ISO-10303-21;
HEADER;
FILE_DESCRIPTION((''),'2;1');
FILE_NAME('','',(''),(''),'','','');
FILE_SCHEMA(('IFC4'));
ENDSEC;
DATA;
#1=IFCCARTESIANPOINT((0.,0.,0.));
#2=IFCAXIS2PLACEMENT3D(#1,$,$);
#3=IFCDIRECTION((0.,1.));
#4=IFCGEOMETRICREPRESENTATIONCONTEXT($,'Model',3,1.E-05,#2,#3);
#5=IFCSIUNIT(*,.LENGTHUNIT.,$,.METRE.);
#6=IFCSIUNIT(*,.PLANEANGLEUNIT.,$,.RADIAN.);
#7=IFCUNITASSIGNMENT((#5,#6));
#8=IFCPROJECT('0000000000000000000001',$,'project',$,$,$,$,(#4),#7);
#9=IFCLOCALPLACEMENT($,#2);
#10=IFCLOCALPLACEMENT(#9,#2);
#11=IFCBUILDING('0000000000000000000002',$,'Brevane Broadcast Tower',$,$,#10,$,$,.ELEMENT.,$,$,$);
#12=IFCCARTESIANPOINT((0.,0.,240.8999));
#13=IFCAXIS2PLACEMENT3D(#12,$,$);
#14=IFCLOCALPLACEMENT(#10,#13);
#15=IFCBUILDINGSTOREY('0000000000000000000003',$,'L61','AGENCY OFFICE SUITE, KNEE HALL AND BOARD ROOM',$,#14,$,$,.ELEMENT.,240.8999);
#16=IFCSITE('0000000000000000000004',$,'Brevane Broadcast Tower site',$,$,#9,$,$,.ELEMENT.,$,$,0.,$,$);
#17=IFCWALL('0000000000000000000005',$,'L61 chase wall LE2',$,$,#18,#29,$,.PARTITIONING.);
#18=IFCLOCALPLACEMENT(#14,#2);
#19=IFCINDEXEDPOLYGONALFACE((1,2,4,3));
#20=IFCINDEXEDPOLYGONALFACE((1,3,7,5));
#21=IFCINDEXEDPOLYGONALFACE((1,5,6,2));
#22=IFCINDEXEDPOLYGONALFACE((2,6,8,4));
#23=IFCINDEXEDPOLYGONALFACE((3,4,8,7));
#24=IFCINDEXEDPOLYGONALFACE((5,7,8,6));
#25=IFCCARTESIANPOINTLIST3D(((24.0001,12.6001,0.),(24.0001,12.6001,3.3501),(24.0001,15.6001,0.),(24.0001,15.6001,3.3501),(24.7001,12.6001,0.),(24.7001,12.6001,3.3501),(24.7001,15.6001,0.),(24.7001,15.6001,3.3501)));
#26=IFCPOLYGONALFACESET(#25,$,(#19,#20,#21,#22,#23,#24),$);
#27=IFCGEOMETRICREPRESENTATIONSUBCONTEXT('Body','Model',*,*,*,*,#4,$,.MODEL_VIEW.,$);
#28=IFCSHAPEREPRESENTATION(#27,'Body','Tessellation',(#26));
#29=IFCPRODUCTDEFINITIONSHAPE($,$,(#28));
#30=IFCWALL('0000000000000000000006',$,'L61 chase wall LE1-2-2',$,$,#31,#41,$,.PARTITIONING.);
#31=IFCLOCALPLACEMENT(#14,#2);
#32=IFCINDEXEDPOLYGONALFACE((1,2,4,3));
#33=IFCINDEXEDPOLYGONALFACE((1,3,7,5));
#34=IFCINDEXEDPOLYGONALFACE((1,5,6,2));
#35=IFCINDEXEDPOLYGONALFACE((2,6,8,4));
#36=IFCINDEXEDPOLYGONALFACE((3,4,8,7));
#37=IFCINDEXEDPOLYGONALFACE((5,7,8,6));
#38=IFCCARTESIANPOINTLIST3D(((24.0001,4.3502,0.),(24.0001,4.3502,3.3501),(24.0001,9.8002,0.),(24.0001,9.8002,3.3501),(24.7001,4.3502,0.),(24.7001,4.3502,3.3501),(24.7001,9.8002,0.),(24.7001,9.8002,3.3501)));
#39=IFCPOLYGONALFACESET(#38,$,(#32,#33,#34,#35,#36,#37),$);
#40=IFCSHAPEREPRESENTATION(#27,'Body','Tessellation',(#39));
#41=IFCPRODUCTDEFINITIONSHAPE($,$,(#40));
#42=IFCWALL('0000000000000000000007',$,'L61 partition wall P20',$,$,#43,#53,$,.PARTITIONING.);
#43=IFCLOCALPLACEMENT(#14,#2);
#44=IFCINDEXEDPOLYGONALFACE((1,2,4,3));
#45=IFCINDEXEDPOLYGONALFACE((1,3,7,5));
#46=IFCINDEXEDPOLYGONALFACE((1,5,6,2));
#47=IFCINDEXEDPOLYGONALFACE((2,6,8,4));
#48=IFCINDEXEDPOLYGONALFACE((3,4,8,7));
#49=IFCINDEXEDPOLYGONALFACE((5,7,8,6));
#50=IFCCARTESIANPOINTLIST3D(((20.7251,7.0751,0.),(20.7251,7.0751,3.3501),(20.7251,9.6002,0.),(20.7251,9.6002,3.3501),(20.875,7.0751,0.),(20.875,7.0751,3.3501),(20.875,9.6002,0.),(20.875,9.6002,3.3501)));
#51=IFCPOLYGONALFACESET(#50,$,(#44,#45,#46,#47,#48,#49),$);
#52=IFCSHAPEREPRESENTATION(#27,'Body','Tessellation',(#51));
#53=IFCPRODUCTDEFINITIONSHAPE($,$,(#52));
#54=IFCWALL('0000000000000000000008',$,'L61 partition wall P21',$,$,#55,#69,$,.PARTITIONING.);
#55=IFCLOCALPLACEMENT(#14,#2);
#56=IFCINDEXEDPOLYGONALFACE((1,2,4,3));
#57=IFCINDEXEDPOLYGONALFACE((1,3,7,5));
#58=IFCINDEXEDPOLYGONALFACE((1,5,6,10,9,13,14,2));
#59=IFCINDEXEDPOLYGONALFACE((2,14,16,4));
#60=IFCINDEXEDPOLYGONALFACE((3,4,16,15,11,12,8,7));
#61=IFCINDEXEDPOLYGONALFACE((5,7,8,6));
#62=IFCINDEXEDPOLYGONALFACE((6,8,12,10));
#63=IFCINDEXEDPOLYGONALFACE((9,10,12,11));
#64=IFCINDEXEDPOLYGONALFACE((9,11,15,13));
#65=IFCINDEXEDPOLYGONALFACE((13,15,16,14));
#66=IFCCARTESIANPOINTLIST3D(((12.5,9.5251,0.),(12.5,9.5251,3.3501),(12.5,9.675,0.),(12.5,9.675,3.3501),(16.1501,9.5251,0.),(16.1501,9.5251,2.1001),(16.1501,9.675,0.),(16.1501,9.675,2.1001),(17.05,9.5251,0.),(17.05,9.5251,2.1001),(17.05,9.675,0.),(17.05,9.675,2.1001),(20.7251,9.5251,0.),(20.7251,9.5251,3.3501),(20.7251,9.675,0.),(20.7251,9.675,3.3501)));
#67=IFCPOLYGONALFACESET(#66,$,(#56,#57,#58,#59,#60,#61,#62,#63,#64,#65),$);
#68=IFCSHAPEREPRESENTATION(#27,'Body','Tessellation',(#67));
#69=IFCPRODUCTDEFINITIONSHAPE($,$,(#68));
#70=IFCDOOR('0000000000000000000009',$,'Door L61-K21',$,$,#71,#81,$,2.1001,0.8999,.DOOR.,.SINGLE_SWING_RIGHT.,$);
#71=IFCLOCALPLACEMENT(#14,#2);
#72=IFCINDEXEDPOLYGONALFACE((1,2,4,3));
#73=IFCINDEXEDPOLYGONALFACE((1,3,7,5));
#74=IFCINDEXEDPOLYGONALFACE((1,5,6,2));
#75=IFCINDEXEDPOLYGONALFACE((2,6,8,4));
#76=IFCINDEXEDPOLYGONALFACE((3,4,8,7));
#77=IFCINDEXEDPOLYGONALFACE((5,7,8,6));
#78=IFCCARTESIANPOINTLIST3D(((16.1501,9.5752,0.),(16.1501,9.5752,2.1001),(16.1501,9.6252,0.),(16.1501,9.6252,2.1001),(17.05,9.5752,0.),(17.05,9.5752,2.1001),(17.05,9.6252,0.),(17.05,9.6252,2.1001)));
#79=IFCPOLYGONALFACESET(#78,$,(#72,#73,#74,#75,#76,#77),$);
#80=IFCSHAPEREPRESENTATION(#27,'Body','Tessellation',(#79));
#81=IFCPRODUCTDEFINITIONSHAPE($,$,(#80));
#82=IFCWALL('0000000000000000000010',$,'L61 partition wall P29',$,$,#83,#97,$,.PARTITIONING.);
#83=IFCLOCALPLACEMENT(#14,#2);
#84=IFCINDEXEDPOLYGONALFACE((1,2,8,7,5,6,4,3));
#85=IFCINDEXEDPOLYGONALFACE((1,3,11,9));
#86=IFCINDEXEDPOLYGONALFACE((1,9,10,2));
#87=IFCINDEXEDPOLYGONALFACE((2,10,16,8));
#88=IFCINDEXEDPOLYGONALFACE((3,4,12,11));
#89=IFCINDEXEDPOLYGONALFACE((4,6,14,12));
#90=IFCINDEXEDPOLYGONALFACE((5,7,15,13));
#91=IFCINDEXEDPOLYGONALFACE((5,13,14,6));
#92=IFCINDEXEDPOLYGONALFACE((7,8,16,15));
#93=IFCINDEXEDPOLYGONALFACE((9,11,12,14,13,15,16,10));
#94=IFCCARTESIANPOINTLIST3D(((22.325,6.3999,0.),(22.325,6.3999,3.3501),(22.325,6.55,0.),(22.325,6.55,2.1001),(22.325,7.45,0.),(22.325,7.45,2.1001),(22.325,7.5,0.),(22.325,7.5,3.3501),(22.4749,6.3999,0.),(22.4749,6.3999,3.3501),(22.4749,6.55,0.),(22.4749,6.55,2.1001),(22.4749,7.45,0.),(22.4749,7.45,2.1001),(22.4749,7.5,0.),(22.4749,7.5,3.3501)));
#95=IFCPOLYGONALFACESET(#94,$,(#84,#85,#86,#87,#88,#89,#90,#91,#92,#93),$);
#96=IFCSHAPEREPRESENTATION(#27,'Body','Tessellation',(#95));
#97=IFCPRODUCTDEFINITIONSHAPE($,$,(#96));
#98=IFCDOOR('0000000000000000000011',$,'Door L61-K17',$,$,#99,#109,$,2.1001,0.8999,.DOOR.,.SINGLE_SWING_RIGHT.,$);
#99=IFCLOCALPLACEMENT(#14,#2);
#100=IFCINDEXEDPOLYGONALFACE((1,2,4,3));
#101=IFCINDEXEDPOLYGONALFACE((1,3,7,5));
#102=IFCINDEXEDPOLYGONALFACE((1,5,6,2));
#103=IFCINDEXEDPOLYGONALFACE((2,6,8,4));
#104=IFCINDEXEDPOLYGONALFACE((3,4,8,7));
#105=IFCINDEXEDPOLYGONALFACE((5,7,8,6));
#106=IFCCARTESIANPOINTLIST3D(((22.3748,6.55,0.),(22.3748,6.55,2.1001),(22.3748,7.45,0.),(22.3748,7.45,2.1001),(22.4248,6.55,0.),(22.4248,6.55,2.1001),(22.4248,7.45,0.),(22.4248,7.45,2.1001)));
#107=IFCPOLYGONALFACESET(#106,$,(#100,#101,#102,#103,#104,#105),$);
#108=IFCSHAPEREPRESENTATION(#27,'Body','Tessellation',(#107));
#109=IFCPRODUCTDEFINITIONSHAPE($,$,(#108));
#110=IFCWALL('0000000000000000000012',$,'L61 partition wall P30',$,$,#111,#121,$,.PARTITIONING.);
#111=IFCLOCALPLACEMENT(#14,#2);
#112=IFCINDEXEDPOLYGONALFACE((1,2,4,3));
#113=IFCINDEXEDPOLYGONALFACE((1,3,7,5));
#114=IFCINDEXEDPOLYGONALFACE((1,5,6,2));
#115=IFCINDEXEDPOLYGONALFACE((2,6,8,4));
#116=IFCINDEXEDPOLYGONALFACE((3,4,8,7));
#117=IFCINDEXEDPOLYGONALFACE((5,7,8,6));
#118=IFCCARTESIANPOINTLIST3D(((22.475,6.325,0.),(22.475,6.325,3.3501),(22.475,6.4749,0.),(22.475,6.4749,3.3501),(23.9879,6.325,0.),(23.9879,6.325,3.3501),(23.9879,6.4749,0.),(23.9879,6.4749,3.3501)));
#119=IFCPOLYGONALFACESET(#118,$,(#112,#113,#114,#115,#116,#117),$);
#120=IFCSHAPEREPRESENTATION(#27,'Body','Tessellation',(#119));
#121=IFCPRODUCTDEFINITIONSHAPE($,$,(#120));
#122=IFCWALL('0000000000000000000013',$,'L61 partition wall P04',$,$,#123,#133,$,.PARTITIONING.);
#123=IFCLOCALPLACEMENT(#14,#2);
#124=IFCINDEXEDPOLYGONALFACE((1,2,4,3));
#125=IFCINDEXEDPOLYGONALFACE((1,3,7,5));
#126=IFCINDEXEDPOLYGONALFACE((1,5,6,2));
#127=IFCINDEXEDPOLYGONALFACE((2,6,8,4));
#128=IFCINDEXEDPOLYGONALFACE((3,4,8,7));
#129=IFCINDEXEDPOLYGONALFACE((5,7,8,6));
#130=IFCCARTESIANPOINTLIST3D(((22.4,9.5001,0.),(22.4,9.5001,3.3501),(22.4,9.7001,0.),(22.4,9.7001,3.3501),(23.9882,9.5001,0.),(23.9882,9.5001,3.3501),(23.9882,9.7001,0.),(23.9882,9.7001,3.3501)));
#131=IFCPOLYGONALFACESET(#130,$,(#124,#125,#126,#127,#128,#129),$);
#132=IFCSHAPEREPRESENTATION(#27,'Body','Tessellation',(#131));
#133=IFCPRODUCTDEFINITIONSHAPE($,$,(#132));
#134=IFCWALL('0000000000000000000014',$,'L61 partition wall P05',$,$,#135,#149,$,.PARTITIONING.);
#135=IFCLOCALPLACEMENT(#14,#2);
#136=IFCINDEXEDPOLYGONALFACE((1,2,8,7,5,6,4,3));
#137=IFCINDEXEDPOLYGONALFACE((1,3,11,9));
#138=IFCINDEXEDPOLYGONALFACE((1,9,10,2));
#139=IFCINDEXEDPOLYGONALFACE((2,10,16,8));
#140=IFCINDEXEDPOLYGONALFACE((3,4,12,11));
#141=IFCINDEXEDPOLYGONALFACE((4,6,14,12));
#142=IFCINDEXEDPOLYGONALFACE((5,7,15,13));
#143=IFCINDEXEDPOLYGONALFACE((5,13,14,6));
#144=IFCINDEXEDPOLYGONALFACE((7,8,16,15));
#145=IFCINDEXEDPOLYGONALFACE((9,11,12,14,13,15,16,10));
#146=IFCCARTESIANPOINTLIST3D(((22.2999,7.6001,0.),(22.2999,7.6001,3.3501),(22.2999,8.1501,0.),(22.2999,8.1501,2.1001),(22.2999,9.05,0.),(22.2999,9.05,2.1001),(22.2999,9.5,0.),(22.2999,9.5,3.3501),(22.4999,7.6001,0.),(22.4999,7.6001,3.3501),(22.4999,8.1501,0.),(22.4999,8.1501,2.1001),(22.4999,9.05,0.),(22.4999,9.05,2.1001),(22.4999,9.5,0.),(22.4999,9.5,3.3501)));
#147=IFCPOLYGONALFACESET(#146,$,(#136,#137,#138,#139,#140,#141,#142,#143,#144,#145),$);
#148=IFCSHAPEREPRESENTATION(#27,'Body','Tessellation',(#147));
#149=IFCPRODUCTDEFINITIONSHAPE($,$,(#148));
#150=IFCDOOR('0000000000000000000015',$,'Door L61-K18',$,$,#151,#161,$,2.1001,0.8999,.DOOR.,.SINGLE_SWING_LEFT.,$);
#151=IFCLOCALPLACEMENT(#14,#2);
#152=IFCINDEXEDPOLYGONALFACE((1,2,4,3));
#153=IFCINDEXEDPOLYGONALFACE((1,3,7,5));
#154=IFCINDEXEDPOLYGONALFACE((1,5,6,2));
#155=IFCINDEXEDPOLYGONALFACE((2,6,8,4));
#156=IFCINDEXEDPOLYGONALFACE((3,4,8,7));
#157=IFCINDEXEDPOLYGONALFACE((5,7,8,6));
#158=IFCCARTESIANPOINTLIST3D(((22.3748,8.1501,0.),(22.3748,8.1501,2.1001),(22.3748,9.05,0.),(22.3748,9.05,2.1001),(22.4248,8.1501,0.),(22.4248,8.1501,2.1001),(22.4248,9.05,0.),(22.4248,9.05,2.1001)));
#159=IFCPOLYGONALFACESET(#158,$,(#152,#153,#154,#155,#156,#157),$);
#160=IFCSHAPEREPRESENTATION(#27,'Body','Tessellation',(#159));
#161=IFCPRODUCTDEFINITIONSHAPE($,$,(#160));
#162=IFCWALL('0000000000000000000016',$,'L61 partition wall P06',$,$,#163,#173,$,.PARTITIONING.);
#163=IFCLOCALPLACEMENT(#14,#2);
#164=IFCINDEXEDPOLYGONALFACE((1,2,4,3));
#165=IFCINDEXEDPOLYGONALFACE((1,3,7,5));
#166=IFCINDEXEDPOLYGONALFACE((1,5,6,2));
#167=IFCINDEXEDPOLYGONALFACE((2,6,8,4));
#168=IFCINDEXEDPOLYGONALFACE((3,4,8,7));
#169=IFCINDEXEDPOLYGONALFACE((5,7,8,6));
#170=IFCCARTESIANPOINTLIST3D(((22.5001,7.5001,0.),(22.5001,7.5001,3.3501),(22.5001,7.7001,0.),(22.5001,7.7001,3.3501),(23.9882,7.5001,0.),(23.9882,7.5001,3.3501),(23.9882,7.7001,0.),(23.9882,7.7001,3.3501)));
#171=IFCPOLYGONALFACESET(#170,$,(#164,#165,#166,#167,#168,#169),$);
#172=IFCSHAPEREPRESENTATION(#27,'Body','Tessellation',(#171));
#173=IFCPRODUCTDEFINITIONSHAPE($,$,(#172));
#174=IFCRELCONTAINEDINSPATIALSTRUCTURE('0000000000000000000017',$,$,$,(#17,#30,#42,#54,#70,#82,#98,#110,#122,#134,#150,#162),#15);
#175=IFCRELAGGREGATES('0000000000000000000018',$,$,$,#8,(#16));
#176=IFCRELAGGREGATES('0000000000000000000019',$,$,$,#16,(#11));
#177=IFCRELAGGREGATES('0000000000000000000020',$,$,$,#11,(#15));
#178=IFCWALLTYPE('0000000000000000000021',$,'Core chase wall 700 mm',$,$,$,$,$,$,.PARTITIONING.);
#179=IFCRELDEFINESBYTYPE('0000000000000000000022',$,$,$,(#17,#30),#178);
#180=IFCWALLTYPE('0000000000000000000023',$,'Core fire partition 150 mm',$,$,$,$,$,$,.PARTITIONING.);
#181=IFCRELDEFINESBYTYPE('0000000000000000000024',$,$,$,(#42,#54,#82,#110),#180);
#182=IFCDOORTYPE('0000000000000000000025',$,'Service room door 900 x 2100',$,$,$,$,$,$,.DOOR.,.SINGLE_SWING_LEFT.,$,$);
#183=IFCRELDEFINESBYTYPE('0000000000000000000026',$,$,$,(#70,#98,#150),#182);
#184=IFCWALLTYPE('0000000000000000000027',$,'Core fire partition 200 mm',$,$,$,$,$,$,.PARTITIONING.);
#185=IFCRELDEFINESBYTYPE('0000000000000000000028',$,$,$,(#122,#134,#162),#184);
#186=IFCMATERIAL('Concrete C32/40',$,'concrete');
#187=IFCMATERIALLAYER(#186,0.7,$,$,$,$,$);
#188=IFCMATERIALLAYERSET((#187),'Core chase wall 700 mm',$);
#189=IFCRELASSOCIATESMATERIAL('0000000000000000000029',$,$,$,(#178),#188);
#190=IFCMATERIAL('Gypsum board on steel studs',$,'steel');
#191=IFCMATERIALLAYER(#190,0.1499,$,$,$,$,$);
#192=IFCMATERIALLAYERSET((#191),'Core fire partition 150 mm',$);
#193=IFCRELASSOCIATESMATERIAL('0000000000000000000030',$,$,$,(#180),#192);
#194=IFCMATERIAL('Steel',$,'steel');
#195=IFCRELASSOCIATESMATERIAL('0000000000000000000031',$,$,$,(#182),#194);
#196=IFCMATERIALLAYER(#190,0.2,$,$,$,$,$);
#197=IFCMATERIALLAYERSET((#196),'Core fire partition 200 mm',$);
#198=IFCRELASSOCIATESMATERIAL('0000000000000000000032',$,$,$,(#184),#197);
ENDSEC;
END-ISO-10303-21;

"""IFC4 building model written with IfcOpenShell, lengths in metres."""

from ifc_helpers import new_model, si_unit, direction, frame, frame_2d, origin, place, context, subcontext, project, spatial, rectangle, extrude, material, layer, layer_set, type_object, element, fill, save


model = new_model("IFC4")

# Units and contexts
model_context = context("Model", 3, precision=1e-05, world=origin(), true_north=direction((0.0, 1.0)))
body_context = subcontext(model_context, "Body", "Model", "MODEL_VIEW")
ifc_project = project(units=[si_unit("LENGTHUNIT", "METRE"), si_unit("PLANEANGLEUNIT", "RADIAN")], contexts=[model_context])

# Site, building, storey
site_placement = place(None, origin())
site = spatial("IfcSite", under=ifc_project, at=site_placement, Name="Brevane Broadcast Tower site", CompositionType="ELEMENT", RefElevation=0.0)
building_placement = place(site_placement, origin())
building = spatial("IfcBuilding", under=site, at=building_placement, Name="Brevane Broadcast Tower", CompositionType="ELEMENT")
storey_placement = place(building_placement, frame((0.0, 0.0, 240.8999)))
storey = spatial("IfcBuildingStorey", under=building, at=storey_placement, Name="L61", Description="AGENCY OFFICE SUITE, KNEE HALL AND BOARD ROOM", CompositionType="ELEMENT", Elevation=240.8999)

# Walls
ifc_material_1 = material(Name="Concrete C32/40", Category="concrete")
ifc_layer_1 = layer(ifc_material_1, 0.7)
ifc_layer_set_1 = layer_set([ifc_layer_1], Name="Core chase wall 700 mm")
wall_type_1 = type_object("IfcWallType", Name="Core chase wall 700 mm", PredefinedType="PARTITIONING", material=ifc_layer_set_1)
wall_1_placement = place(storey_placement, frame((24.3501, 12.6001, 0.0), z_axis=(0.0, 0.0, 1.0), x_axis=(0.0, 1.0, 0.0)))
element("IfcWall", 1, at=wall_1_placement, inside=storey, type_object=wall_type_1, Name="L61 chase wall LE2", PredefinedType="PARTITIONING", context=body_context, shape_type="SweptSolid", body=[
    extrude(rectangle(XDim=3.0, YDim=0.7, at=frame_2d((1.5, 0.0))), origin(), (0.0, 0.0, 1.0), 3.3501),
])
wall_2_placement = place(storey_placement, frame((24.3501, 4.3501, 0.0), z_axis=(0.0, 0.0, 1.0), x_axis=(0.0, 1.0, 0.0)))
element("IfcWall", 2, at=wall_2_placement, inside=storey, type_object=wall_type_1, Name="L61 chase wall LE1-2-2", PredefinedType="PARTITIONING", context=body_context, shape_type="SweptSolid", body=[
    extrude(rectangle(XDim=5.45, YDim=0.7, at=frame_2d((2.7251, 0.0))), origin(), (0.0, 0.0, 1.0), 3.3501),
])
ifc_material_2 = material(Name="Gypsum board on steel studs", Category="steel")
ifc_layer_2 = layer(ifc_material_2, 0.1499)
ifc_layer_set_2 = layer_set([ifc_layer_2], Name="Core fire partition 150 mm")
wall_type_2 = type_object("IfcWallType", Name="Core fire partition 150 mm", PredefinedType="PARTITIONING", material=ifc_layer_set_2)
wall_3_placement = place(storey_placement, frame((20.8, 7.075, 0.0), z_axis=(0.0, 0.0, 1.0), x_axis=(0.0, 1.0, 0.0)))
element("IfcWall", 3, at=wall_3_placement, inside=storey, type_object=wall_type_2, Name="L61 partition wall P20", PredefinedType="PARTITIONING", context=body_context, shape_type="SweptSolid", body=[
    extrude(rectangle(XDim=2.5251, YDim=0.1499, at=frame_2d((1.2627, 0.0))), origin(), (0.0, 0.0, 1.0), 3.3501),
])

# Walls, openings, doors
wall_4_placement = place(storey_placement, frame((20.7251, 9.6001, 0.0), z_axis=(0.0, 0.0, 1.0), x_axis=(-1.0, 0.0, 0.0)))
wall_4 = element("IfcWall", 4, at=wall_4_placement, inside=storey, type_object=wall_type_2, Name="L61 partition wall P21", PredefinedType="PARTITIONING", context=body_context, shape_type="SweptSolid", body=[
    extrude(rectangle(XDim=8.2251, YDim=0.1499, at=frame_2d((4.1125, 0.0))), origin(), (0.0, 0.0, 1.0), 3.3501),
])
opening_1_placement = place(wall_4_placement, frame((3.675, 0.0, 0.0)))
opening_1 = element("IfcOpeningElement", 5, at=opening_1_placement, cuts=wall_4, PredefinedType="OPENING", context=body_context, shape_type="SweptSolid", body=[
    extrude(rectangle(XDim=0.8999, YDim=2.1001, at=frame_2d((0.45, 1.05))), frame((0.0, 0.085, 0.0), z_axis=(0.0, -1.0, 0.0), x_axis=(1.0, 0.0, 0.0)), (0.0, 0.0, 1.0), 0.1699),
])
ifc_material_3 = material(Name="Steel", Category="steel")
door_type_1 = type_object("IfcDoorType", Name="Service room door 900 x 2100", OperationType="SINGLE_SWING_LEFT", PredefinedType="DOOR", material=ifc_material_3)
door_1_placement = place(opening_1_placement, origin())
door_1 = element("IfcDoor", 6, at=door_1_placement, inside=storey, type_object=door_type_1, Name="Door L61-K21", OperationType="SINGLE_SWING_RIGHT", OverallHeight=2.1001, OverallWidth=0.8999, PredefinedType="DOOR", context=body_context, shape_type="SweptSolid", body=[
    extrude(rectangle(XDim=0.8999, YDim=2.1001, at=frame_2d((0.45, 1.05))), frame((0.0, 0.0249, 0.0), z_axis=(0.0, -1.0, 0.0), x_axis=(1.0, 0.0, 0.0)), (0.0, 0.0, 1.0), 0.05),
])
fill(opening_1, door_1)
wall_5_placement = place(storey_placement, frame((22.3999, 7.5, 0.0), z_axis=(0.0, 0.0, 1.0), x_axis=(0.0, -1.0, 0.0)))
wall_5 = element("IfcWall", 7, at=wall_5_placement, inside=storey, type_object=wall_type_2, Name="L61 partition wall P29", PredefinedType="PARTITIONING", context=body_context, shape_type="SweptSolid", body=[
    extrude(rectangle(XDim=1.1001, YDim=0.1499, at=frame_2d((0.55, 0.0))), origin(), (0.0, 0.0, 1.0), 3.3501),
])
opening_2_placement = place(wall_5_placement, frame((0.05, 0.0, 0.0)))
opening_2 = element("IfcOpeningElement", 8, at=opening_2_placement, cuts=wall_5, PredefinedType="OPENING", context=body_context, shape_type="SweptSolid", body=[
    extrude(rectangle(XDim=0.8999, YDim=2.1001, at=frame_2d((0.45, 1.05))), frame((0.0, 0.085, 0.0), z_axis=(0.0, -1.0, 0.0), x_axis=(1.0, 0.0, 0.0)), (0.0, 0.0, 1.0), 0.1699),
])
door_2_placement = place(opening_2_placement, origin())
door_2 = element("IfcDoor", 9, at=door_2_placement, inside=storey, type_object=door_type_1, Name="Door L61-K17", OperationType="SINGLE_SWING_RIGHT", OverallHeight=2.1001, OverallWidth=0.8999, PredefinedType="DOOR", context=body_context, shape_type="SweptSolid", body=[
    extrude(rectangle(XDim=0.8999, YDim=2.1001, at=frame_2d((0.45, 1.05))), frame((0.0, 0.0249, 0.0), z_axis=(0.0, -1.0, 0.0), x_axis=(1.0, 0.0, 0.0)), (0.0, 0.0, 1.0), 0.05),
])
fill(opening_2, door_2)

# Walls
wall_6_placement = place(storey_placement, frame((22.4751, 6.3999, 0.0), z_axis=(0.0, 0.0, 1.0), x_axis=(1.0, 0.0, 0.0)))
element("IfcWall", 10, at=wall_6_placement, inside=storey, type_object=wall_type_2, Name="L61 partition wall P30", PredefinedType="PARTITIONING", context=body_context, shape_type="SweptSolid", body=[
    extrude(rectangle(XDim=1.5129, YDim=0.1499, at=frame_2d((0.7563, 0.0))), origin(), (0.0, 0.0, 1.0), 3.3501),
])
ifc_layer_3 = layer(ifc_material_2, 0.2)
ifc_layer_set_3 = layer_set([ifc_layer_3], Name="Core fire partition 200 mm")
wall_type_3 = type_object("IfcWallType", Name="Core fire partition 200 mm", PredefinedType="PARTITIONING", material=ifc_layer_set_3)
wall_7_placement = place(storey_placement, frame((23.988, 9.6001, 0.0), z_axis=(0.0, 0.0, 1.0), x_axis=(-1.0, 0.0, 0.0)))
element("IfcWall", 11, at=wall_7_placement, inside=storey, type_object=wall_type_3, Name="L61 partition wall P04", PredefinedType="PARTITIONING", context=body_context, shape_type="SweptSolid", body=[
    extrude(rectangle(XDim=1.5881, YDim=0.2, at=frame_2d((0.7939, 0.0))), origin(), (0.0, 0.0, 1.0), 3.3501),
])

# Wall, opening, door
wall_8_placement = place(storey_placement, frame((22.3999, 9.5, 0.0), z_axis=(0.0, 0.0, 1.0), x_axis=(0.0, -1.0, 0.0)))
wall_8 = element("IfcWall", 12, at=wall_8_placement, inside=storey, type_object=wall_type_3, Name="L61 partition wall P05", PredefinedType="PARTITIONING", context=body_context, shape_type="SweptSolid", body=[
    extrude(rectangle(XDim=1.8999, YDim=0.2, at=frame_2d((0.95, 0.0))), origin(), (0.0, 0.0, 1.0), 3.3501),
])
opening_3_placement = place(wall_8_placement, frame((0.45, 0.0, 0.0)))
opening_3 = element("IfcOpeningElement", 13, at=opening_3_placement, cuts=wall_8, PredefinedType="OPENING", context=body_context, shape_type="SweptSolid", body=[
    extrude(rectangle(XDim=0.8999, YDim=2.1001, at=frame_2d((0.45, 1.05))), frame((0.0, 0.1099, 0.0), z_axis=(0.0, -1.0, 0.0), x_axis=(1.0, 0.0, 0.0)), (0.0, 0.0, 1.0), 0.22),
])
door_3_placement = place(opening_3_placement, origin())
door_3 = element("IfcDoor", 14, at=door_3_placement, inside=storey, type_object=door_type_1, Name="Door L61-K18", OperationType="SINGLE_SWING_LEFT", OverallHeight=2.1001, OverallWidth=0.8999, PredefinedType="DOOR", context=body_context, shape_type="SweptSolid", body=[
    extrude(rectangle(XDim=0.8999, YDim=2.1001, at=frame_2d((0.45, 1.05))), frame((0.0, 0.0249, 0.0), z_axis=(0.0, -1.0, 0.0), x_axis=(1.0, 0.0, 0.0)), (0.0, 0.0, 1.0), 0.05),
])
fill(opening_3, door_3)

# Wall
wall_9_placement = place(storey_placement, frame((22.5, 7.6001, 0.0), z_axis=(0.0, 0.0, 1.0), x_axis=(1.0, 0.0, 0.0)))
element("IfcWall", 15, at=wall_9_placement, inside=storey, type_object=wall_type_3, Name="L61 partition wall P06", PredefinedType="PARTITIONING", context=body_context, shape_type="SweptSolid", body=[
    extrude(rectangle(XDim=1.488, YDim=0.2, at=frame_2d((0.7441, 0.0))), origin(), (0.0, 0.0, 1.0), 3.3501),
])

save(model, "model.ifc")
